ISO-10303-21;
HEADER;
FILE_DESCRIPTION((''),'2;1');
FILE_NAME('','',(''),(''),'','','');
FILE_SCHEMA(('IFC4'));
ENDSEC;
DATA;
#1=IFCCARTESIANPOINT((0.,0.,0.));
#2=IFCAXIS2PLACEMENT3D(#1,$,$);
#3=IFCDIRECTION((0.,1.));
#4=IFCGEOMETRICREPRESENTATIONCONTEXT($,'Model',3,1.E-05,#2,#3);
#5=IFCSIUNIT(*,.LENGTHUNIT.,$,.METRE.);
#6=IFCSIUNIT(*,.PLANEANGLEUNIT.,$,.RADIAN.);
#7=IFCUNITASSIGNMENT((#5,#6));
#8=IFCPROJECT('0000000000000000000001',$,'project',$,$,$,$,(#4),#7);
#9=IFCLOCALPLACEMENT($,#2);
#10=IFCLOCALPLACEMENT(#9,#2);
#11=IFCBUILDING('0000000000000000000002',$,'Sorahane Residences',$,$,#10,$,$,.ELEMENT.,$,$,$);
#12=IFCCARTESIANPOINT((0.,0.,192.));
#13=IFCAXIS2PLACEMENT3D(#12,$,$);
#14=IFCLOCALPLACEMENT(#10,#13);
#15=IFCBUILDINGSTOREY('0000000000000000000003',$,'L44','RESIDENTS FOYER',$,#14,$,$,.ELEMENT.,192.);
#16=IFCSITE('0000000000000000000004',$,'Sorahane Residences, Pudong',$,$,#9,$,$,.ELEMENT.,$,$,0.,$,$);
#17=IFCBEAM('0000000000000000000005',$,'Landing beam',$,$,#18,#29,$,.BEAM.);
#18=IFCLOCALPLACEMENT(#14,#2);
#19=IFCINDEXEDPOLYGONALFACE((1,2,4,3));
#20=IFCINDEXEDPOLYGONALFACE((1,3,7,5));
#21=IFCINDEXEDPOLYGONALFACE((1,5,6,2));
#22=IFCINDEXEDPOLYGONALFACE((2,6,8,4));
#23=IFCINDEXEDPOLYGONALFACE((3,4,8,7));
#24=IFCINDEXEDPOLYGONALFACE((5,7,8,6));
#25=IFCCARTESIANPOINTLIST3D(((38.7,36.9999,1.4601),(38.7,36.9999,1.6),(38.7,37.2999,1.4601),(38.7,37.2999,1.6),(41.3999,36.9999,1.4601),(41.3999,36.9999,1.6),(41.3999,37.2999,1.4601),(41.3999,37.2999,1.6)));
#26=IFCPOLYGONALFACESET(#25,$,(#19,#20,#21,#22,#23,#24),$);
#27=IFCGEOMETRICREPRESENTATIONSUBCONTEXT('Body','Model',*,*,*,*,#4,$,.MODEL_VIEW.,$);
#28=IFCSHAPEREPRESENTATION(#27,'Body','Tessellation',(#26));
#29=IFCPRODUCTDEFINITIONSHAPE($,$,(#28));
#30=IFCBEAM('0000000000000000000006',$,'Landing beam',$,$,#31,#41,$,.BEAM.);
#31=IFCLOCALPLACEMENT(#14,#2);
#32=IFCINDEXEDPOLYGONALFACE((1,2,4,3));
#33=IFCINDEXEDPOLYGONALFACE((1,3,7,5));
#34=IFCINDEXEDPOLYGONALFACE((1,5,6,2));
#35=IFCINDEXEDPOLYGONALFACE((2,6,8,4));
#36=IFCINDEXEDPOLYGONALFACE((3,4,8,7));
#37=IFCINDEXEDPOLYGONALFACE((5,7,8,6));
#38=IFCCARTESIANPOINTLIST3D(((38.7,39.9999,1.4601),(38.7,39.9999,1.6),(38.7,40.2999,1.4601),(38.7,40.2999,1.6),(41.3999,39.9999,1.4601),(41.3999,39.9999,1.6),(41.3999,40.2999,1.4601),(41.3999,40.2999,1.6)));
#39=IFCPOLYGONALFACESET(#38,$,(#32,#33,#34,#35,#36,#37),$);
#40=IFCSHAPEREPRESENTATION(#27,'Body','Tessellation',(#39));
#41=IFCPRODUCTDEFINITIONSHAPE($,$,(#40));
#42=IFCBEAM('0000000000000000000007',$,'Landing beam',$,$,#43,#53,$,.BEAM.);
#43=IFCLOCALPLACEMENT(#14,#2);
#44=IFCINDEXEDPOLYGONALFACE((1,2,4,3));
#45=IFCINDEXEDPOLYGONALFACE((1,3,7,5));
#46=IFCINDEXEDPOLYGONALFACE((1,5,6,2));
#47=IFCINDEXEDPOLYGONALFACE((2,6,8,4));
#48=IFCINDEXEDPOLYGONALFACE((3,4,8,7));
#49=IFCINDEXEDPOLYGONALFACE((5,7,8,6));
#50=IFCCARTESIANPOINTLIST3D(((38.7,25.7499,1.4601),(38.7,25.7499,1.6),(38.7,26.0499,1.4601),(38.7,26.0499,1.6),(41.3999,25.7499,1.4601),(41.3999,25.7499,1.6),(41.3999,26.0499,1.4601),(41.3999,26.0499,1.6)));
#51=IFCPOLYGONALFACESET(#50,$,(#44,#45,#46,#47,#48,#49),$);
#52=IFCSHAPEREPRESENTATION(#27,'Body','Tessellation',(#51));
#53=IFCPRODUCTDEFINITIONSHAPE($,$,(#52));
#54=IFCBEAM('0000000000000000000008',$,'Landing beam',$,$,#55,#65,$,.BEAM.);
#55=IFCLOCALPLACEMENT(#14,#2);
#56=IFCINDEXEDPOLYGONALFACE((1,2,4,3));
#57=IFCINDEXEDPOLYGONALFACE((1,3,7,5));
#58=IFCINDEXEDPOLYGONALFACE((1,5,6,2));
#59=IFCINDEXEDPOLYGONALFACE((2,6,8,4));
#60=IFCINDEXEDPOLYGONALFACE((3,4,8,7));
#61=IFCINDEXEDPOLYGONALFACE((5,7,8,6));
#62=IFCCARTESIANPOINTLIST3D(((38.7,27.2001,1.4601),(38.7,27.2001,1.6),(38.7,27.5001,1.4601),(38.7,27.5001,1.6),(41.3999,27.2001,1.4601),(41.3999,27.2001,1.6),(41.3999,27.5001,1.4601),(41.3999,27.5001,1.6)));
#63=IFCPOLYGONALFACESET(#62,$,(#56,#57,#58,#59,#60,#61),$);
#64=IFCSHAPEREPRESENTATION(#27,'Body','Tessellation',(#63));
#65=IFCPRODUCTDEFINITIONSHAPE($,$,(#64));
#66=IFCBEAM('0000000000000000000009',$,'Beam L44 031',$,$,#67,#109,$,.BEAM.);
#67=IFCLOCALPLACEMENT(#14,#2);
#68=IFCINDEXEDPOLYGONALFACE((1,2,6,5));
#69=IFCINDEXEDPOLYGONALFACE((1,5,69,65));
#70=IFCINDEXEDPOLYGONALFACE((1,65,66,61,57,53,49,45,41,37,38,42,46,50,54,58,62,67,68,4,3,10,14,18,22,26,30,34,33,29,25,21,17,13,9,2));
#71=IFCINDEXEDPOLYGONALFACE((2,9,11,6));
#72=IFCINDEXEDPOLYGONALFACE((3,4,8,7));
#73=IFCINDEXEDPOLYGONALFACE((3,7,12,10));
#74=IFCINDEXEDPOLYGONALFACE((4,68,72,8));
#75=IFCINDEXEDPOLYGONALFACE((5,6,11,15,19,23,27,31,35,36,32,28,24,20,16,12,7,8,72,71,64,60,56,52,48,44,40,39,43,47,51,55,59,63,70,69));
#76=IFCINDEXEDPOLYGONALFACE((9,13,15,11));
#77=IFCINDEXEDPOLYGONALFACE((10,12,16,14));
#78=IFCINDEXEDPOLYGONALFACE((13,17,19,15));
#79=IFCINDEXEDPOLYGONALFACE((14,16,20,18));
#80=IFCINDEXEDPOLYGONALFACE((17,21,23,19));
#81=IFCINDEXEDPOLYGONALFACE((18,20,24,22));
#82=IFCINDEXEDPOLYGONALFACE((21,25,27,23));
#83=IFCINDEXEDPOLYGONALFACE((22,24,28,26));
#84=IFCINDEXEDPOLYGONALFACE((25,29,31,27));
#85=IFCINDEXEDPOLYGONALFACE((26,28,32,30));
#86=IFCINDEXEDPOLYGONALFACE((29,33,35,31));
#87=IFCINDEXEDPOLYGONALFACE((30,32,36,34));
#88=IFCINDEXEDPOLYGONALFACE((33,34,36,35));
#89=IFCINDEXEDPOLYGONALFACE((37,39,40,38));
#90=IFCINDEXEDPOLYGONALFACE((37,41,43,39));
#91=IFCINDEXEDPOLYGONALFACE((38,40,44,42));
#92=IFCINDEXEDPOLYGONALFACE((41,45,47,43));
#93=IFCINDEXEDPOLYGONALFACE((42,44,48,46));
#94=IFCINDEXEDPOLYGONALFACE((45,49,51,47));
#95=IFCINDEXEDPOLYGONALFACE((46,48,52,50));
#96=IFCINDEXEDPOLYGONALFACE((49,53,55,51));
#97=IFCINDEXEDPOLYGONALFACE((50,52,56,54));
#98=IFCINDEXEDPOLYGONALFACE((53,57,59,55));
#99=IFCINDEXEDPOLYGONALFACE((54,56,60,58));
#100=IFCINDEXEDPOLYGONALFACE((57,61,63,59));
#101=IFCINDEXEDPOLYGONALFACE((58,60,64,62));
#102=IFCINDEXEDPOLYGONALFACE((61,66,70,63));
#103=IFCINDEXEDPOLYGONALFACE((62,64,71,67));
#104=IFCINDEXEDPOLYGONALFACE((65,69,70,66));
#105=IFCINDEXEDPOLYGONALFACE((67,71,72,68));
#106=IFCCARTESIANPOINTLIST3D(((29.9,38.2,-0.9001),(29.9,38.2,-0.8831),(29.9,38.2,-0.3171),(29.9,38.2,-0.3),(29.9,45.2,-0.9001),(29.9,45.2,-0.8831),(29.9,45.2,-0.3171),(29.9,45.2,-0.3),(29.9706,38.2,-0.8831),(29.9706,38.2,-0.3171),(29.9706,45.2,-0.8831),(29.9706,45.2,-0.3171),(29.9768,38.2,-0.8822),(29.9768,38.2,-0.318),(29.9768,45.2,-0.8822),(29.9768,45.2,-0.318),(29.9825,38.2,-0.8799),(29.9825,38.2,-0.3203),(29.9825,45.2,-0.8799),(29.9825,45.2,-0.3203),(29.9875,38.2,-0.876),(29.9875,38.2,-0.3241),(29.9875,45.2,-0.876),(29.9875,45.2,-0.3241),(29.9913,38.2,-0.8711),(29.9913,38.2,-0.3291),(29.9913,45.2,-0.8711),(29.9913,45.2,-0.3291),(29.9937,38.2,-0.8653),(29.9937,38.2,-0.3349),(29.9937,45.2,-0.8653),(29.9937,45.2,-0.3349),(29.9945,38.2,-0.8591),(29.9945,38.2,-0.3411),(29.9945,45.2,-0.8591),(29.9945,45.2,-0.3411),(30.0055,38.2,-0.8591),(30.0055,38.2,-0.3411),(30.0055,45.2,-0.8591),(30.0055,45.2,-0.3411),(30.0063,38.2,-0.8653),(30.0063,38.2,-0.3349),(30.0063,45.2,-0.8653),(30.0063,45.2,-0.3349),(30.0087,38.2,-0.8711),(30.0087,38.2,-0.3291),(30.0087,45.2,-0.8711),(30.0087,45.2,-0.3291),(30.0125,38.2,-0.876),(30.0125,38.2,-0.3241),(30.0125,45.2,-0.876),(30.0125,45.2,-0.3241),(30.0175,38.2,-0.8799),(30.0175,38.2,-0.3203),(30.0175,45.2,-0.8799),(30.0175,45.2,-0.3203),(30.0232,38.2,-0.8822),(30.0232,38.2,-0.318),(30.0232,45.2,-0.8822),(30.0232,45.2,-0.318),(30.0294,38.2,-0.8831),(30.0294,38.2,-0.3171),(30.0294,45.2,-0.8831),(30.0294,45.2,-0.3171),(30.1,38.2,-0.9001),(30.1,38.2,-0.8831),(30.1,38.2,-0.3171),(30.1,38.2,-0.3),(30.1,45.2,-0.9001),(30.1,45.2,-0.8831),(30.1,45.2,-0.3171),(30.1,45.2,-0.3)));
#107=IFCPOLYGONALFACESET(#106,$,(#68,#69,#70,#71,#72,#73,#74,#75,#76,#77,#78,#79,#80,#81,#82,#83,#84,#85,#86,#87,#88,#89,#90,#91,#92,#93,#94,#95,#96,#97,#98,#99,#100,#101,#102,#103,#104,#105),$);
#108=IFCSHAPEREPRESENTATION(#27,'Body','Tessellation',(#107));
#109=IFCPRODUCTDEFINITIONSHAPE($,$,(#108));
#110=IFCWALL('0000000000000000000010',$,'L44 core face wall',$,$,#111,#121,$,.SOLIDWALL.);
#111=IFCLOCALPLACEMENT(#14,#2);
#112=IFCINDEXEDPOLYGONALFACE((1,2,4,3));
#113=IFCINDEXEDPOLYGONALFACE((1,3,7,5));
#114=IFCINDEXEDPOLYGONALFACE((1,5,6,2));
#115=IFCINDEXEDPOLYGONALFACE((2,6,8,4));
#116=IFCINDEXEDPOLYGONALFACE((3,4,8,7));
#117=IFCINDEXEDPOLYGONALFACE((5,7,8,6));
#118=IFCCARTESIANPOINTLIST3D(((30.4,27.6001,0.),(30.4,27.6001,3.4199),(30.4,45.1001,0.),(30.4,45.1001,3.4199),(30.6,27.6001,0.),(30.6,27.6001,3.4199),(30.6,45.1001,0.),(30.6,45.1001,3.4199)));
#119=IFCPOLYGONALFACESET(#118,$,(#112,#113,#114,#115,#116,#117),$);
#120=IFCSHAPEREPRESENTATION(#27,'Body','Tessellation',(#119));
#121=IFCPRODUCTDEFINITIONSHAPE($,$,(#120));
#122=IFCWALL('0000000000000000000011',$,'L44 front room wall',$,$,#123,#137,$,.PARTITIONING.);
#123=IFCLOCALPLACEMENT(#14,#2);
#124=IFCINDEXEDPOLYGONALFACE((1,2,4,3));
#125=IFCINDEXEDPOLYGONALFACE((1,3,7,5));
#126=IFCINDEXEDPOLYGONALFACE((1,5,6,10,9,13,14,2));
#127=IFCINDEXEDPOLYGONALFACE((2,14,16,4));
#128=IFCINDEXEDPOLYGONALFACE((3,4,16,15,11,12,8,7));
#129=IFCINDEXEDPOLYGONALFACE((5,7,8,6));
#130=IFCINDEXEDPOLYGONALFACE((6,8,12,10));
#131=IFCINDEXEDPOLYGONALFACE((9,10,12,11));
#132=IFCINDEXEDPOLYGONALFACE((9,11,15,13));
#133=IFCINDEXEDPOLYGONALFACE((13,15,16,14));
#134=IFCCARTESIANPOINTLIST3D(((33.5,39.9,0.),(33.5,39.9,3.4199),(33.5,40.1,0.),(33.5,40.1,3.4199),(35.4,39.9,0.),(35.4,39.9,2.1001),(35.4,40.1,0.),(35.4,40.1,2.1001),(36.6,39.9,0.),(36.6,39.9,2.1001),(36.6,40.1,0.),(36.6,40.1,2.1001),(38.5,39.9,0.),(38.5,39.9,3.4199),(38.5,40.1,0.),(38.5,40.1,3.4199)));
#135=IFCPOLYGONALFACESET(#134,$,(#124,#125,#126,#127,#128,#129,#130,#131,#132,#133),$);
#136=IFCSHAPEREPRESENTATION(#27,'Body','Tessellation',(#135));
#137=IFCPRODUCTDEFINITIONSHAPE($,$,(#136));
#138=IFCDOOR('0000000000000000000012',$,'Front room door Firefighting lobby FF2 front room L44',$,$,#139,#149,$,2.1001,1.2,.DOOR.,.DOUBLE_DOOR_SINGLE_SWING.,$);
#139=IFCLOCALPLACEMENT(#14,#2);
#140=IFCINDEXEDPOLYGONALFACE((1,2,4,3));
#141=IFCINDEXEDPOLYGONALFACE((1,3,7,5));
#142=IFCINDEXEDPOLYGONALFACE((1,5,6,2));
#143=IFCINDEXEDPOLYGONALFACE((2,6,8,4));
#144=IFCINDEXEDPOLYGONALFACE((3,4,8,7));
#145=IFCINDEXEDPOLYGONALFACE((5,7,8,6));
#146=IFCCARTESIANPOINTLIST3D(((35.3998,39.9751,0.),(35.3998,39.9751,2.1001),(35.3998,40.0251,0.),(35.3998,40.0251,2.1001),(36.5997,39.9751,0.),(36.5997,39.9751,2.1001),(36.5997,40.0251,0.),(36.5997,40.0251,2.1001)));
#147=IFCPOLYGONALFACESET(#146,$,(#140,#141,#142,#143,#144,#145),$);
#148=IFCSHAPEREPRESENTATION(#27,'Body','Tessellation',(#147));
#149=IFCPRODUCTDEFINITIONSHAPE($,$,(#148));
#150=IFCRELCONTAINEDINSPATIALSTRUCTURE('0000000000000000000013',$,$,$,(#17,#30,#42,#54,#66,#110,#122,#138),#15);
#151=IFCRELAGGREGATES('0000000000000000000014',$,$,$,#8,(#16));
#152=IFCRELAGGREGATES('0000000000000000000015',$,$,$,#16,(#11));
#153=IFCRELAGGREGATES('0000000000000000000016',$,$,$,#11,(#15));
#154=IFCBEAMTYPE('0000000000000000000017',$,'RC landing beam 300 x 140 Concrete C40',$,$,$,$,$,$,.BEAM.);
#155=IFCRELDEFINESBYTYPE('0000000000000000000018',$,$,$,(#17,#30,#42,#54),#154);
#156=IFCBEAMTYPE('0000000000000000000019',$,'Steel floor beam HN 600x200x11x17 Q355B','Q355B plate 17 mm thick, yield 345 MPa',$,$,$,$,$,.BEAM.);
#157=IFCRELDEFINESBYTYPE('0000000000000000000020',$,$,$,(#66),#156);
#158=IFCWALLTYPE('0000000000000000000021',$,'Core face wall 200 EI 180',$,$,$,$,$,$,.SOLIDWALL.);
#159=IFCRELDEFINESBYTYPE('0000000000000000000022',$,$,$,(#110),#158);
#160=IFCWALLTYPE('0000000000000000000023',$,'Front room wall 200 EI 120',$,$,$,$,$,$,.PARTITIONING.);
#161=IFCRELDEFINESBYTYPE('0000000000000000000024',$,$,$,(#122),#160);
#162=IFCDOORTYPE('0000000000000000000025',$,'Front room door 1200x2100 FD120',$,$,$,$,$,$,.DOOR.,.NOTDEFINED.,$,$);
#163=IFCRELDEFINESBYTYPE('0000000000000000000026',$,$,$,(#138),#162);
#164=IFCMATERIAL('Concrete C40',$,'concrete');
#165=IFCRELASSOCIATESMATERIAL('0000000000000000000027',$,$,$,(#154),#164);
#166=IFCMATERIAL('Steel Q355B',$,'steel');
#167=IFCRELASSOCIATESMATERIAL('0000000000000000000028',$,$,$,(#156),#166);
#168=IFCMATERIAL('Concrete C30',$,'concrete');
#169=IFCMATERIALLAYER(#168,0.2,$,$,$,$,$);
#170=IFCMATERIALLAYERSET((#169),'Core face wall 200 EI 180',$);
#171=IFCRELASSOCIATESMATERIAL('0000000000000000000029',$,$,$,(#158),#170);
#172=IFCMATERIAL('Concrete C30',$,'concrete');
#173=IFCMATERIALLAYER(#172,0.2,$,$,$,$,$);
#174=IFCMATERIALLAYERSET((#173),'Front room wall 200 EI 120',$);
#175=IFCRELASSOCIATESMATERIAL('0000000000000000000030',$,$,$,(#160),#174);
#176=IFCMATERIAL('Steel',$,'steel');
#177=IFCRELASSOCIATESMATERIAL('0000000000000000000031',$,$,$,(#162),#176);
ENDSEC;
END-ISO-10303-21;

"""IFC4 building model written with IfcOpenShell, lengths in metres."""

from ifc_helpers import new_model, si_unit, direction, frame, frame_2d, origin, origin_2d, place, context, subcontext, project, spatial, rectangle, i_section, extrude, material, layer, layer_set, material_profile, profile_set, type_object, element, fill, save


model = new_model("IFC4")

# Units and contexts
model_context = context("Model", 3, precision=1e-05, world=origin(), true_north=direction((0.0, 1.0)))
body_context = subcontext(model_context, "Body", "Model", "MODEL_VIEW")
ifc_project = project(units=[si_unit("LENGTHUNIT", "METRE"), si_unit("PLANEANGLEUNIT", "RADIAN")], contexts=[model_context])

# Site, building, storey
site_placement = place(None, origin())
site = spatial("IfcSite", under=ifc_project, at=site_placement, Name="Sorahane Residences, Pudong", CompositionType="ELEMENT", RefElevation=0.0)
building_placement = place(site_placement, origin())
building = spatial("IfcBuilding", under=site, at=building_placement, Name="Sorahane Residences", CompositionType="ELEMENT")
storey_placement = place(building_placement, frame((0.0, 0.0, 192.0)))
storey = spatial("IfcBuildingStorey", under=building, at=storey_placement, Name="L44", Description="RESIDENTS FOYER", CompositionType="ELEMENT", Elevation=192.0)

# Beams
ifc_material_1 = material(Name="Concrete C40", Category="concrete")
ifc_material_profile_1 = material_profile(ifc_material_1, rectangle(XDim=0.3, YDim=0.1399, at=origin_2d()), Name="300x140")
ifc_profile_set_1 = profile_set([ifc_material_profile_1], Name="Concrete C40")
beam_type_1 = type_object("IfcBeamType", Name="RC landing beam 300 x 140 Concrete C40", PredefinedType="BEAM", material=ifc_profile_set_1)
for number, where, z_axis, x_axis, name in (
    (1, (38.7, 37.1499, 1.53), (1.0, 0.0, 0.0), (0.0, 1.0, 0.0), "Landing beam"),
    (2, (38.7, 40.1499, 1.53), (1.0, 0.0, 0.0), (0.0, 1.0, 0.0), "Landing beam"),
    (3, (38.7, 25.8999, 1.53), (1.0, 0.0, 0.0), (0.0, 1.0, 0.0), "Landing beam"),
    (4, (38.7, 27.3501, 1.53), (1.0, 0.0, 0.0), (0.0, 1.0, 0.0), "Landing beam"),
):
    element("IfcBeam", number, at=place(storey_placement, frame(where, z_axis=z_axis, x_axis=x_axis)), inside=storey, type_object=beam_type_1, Name=name, PredefinedType="BEAM", context=body_context, shape_type="SweptSolid", body=[
        extrude(rectangle(XDim=0.3, YDim=0.1399, at=origin_2d()), origin(), (0.0, 0.0, 1.0), 2.7),
    ])
ifc_material_2 = material(Name="Steel Q355B", Category="steel")
ifc_material_profile_2 = material_profile(ifc_material_2, i_section(OverallWidth=0.2, OverallDepth=0.6001, WebThickness=0.011, FlangeThickness=0.0171, FilletRadius=0.0239, at=origin_2d()), Name="HN 600x200x11x17")
ifc_profile_set_2 = profile_set([ifc_material_profile_2], Name="Steel Q355B")
beam_type_2 = type_object("IfcBeamType", Name="Steel floor beam HN 600x200x11x17 Q355B", Description="Q355B plate 17 mm thick, yield 345 MPa", PredefinedType="BEAM", material=ifc_profile_set_2)
beam_placement = place(storey_placement, frame((30.0, 38.2, -0.6001), z_axis=(0.0, 1.0, 0.0), x_axis=(-1.0, 0.0, 0.0)))
element("IfcBeam", 5, at=beam_placement, inside=storey, type_object=beam_type_2, Name="Beam L44 031", PredefinedType="BEAM", context=body_context, shape_type="SweptSolid", body=[
    extrude(i_section(OverallWidth=0.2, OverallDepth=0.6001, WebThickness=0.011, FlangeThickness=0.0171, FilletRadius=0.0239, at=origin_2d()), origin(), (0.0, 0.0, 1.0), 7.0),
])

# Wall
ifc_material_3 = material(Name="Concrete C30", Category="concrete")
ifc_layer_1 = layer(ifc_material_3, 0.2)
ifc_layer_set_1 = layer_set([ifc_layer_1], Name="Core face wall 200 EI 180")
wall_type_1 = type_object("IfcWallType", Name="Core face wall 200 EI 180", PredefinedType="SOLIDWALL", material=ifc_layer_set_1)
wall_1_placement = place(storey_placement, frame((30.5, 27.6001, 0.0), z_axis=(0.0, 0.0, 1.0), x_axis=(0.0, 1.0, 0.0)))
element("IfcWall", 6, at=wall_1_placement, inside=storey, type_object=wall_type_1, Name="L44 core face wall", PredefinedType="SOLIDWALL", context=body_context, shape_type="SweptSolid", body=[
    extrude(rectangle(XDim=17.5, YDim=0.2, at=frame_2d((8.75, 0.0))), origin(), (0.0, 0.0, 1.0), 3.4199),
])

# Wall, opening, door
ifc_material_4 = material(Name="Concrete C30", Category="concrete")
ifc_layer_2 = layer(ifc_material_4, 0.2)
ifc_layer_set_2 = layer_set([ifc_layer_2], Name="Front room wall 200 EI 120")
wall_type_2 = type_object("IfcWallType", Name="Front room wall 200 EI 120", PredefinedType="PARTITIONING", material=ifc_layer_set_2)
wall_2_placement = place(storey_placement, frame((33.5, 40.0, 0.0), z_axis=(0.0, 0.0, 1.0), x_axis=(1.0, 0.0, 0.0)))
wall_2 = element("IfcWall", 7, at=wall_2_placement, inside=storey, type_object=wall_type_2, Name="L44 front room wall", PredefinedType="PARTITIONING", context=body_context, shape_type="SweptSolid", body=[
    extrude(rectangle(XDim=5.0, YDim=0.2, at=frame_2d((2.5, 0.0))), origin(), (0.0, 0.0, 1.0), 3.4199),
])
opening_1_placement = place(wall_2_placement, frame((1.8999, 0.0, 0.0)))
opening_1 = element("IfcOpeningElement", 8, at=opening_1_placement, cuts=wall_2, PredefinedType="OPENING", context=body_context, shape_type="SweptSolid", body=[
    extrude(rectangle(XDim=1.2, YDim=2.1001, at=frame_2d((0.6001, 1.05))), frame((0.0, 0.1099, 0.0), z_axis=(0.0, -1.0, 0.0), x_axis=(1.0, 0.0, 0.0)), (0.0, 0.0, 1.0), 0.22),
])
ifc_material_5 = material(Name="Steel", Category="steel")
door_type_1 = type_object("IfcDoorType", Name="Front room door 1200x2100 FD120", OperationType="NOTDEFINED", PredefinedType="DOOR", material=ifc_material_5)
door_1_placement = place(opening_1_placement, frame((1.2, 0.0, 0.0), z_axis=(0.0, 0.0, 1.0), x_axis=(-1.0, 0.0, 0.0)))
door_1 = element("IfcDoor", 9, at=door_1_placement, inside=storey, type_object=door_type_1, Name="Front room door Firefighting lobby FF2 front room L44", OperationType="DOUBLE_DOOR_SINGLE_SWING", OverallHeight=2.1001, OverallWidth=1.2, PredefinedType="DOOR", context=body_context, shape_type="SweptSolid", body=[
    extrude(rectangle(XDim=1.2, YDim=2.1001, at=frame_2d((0.6001, 1.05))), frame((0.0, 0.0249, 0.0), z_axis=(0.0, -1.0, 0.0), x_axis=(1.0, 0.0, 0.0)), (0.0, 0.0, 1.0), 0.05),
])
fill(opening_1, door_1)

save(model, "model.ifc")
